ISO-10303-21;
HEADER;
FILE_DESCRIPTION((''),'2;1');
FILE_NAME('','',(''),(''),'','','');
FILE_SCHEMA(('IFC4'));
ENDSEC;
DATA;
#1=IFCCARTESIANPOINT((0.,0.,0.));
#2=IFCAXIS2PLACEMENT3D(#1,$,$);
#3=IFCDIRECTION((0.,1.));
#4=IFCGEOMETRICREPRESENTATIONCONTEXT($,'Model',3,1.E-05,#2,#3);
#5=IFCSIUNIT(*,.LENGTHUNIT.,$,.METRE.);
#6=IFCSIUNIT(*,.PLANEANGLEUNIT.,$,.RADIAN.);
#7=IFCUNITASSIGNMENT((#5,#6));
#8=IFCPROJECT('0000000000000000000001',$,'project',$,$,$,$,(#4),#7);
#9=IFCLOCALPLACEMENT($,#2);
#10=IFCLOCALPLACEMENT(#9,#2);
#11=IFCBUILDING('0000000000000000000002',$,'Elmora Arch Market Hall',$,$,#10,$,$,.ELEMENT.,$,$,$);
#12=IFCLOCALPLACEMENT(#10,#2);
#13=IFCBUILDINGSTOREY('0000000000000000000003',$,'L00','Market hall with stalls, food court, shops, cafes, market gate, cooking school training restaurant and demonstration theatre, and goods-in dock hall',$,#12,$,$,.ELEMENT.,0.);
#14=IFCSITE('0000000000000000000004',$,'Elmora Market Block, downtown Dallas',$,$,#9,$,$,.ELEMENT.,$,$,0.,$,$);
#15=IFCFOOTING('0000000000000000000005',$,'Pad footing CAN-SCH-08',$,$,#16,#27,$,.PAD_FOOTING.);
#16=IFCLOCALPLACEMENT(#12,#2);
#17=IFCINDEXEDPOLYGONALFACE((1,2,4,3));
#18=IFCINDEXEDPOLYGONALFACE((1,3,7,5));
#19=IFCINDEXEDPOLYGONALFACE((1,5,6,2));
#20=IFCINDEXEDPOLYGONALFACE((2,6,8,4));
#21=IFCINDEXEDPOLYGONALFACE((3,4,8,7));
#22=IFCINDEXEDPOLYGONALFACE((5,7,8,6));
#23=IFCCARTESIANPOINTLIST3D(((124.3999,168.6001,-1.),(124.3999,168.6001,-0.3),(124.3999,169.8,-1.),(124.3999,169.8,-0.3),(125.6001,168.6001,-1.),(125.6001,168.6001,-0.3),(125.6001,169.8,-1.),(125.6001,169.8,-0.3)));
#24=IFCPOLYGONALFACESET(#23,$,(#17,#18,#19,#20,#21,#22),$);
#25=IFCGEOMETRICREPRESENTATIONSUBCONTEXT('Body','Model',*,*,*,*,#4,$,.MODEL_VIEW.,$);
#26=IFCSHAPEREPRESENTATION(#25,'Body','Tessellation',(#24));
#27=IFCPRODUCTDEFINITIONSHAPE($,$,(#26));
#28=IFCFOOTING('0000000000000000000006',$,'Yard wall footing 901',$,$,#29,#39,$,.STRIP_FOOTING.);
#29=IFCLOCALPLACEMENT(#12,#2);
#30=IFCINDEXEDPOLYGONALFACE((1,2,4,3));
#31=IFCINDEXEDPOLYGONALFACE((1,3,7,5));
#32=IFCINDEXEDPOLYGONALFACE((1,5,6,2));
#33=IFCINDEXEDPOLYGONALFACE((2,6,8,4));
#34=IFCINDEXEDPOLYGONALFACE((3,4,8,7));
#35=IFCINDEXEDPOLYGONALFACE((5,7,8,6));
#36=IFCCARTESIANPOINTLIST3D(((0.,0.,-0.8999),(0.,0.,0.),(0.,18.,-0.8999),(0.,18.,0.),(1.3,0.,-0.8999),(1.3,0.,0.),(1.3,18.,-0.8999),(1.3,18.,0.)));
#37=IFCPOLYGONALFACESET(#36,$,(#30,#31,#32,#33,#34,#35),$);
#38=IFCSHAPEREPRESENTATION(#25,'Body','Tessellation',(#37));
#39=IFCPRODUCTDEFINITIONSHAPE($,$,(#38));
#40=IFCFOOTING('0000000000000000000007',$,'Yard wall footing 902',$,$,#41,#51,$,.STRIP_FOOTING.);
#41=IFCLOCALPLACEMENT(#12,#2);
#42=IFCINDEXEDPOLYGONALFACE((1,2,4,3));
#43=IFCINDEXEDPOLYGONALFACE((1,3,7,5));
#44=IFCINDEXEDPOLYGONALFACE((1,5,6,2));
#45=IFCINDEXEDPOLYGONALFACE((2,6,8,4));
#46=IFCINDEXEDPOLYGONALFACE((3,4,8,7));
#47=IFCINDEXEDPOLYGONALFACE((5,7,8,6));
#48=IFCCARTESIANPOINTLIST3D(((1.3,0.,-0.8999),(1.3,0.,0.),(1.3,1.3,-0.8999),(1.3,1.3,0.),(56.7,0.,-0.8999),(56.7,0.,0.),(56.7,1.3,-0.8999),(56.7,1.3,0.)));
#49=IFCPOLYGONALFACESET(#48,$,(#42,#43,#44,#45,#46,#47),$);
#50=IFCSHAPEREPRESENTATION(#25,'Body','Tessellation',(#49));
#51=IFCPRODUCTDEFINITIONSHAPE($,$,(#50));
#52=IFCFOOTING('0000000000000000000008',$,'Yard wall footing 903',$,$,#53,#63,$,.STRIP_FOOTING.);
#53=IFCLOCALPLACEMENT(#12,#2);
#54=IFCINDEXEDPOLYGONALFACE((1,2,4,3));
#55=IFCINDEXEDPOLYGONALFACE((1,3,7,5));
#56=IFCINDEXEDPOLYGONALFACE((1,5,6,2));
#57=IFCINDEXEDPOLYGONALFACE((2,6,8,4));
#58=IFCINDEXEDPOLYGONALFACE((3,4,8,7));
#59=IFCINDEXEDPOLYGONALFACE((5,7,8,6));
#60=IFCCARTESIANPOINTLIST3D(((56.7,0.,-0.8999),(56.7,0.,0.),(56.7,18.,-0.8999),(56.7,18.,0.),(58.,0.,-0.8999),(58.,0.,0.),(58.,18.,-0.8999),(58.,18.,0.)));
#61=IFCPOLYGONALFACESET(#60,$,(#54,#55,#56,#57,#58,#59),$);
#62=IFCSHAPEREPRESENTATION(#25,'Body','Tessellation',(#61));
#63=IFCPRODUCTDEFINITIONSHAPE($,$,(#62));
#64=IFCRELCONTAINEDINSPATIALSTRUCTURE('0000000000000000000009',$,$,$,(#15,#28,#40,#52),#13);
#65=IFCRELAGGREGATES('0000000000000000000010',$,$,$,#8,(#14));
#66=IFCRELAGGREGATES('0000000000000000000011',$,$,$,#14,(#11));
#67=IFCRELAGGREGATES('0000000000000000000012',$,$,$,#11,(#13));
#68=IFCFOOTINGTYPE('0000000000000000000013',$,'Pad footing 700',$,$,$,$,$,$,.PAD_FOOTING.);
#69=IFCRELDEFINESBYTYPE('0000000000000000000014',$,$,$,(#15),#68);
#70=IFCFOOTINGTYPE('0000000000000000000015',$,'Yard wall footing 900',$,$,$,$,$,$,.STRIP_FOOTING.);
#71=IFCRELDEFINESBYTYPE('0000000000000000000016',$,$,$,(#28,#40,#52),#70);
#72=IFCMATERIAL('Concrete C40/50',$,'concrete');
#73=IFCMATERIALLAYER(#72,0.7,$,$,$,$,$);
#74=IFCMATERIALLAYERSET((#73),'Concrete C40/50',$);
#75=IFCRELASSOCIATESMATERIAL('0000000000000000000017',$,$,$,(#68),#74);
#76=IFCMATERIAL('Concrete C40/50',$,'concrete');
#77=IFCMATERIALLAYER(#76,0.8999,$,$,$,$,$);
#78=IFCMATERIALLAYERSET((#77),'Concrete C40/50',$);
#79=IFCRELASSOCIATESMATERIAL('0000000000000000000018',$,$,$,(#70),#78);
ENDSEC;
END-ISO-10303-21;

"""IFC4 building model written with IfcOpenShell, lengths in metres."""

from ifc_helpers import new_model, si_unit, direction, frame, origin, place, context, subcontext, project, spatial, polyline, outline, extrude, material, layer, layer_set, type_object, element, save


model = new_model("IFC4")

# Units and contexts
model_context = context("Model", 3, precision=1e-05, world=origin(), true_north=direction((0.0, 1.0)))
body_context = subcontext(model_context, "Body", "Model", "MODEL_VIEW")
ifc_project = project(units=[si_unit("LENGTHUNIT", "METRE"), si_unit("PLANEANGLEUNIT", "RADIAN")], contexts=[model_context])

# Site, building, storey
site_placement = place(None, origin())
site = spatial("IfcSite", under=ifc_project, at=site_placement, Name="Elmora Market Block, downtown Dallas", CompositionType="ELEMENT", RefElevation=0.0)
building_placement = place(site_placement, origin())
building = spatial("IfcBuilding", under=site, at=building_placement, Name="Elmora Arch Market Hall", CompositionType="ELEMENT")
storey_placement = place(building_placement, origin())
storey = spatial("IfcBuildingStorey", under=building, at=storey_placement, Name="L00", Description="Market hall with stalls, food court, shops, cafes, market gate, cooking school training restaurant and demonstration theatre, and goods-in dock hall", CompositionType="ELEMENT", Elevation=0.0)

# Footings
ifc_material_1 = material(Name="Concrete C40/50", Category="concrete")
ifc_layer_1 = layer(ifc_material_1, 0.7)
ifc_layer_set_1 = layer_set([ifc_layer_1], Name="Concrete C40/50")
footing_type_1 = type_object("IfcFootingType", Name="Pad footing 700", PredefinedType="PAD_FOOTING", material=ifc_layer_set_1)
footing_1_placement = place(storey_placement, frame((0.0, 0.0, -1.0)))
element("IfcFooting", 1, at=footing_1_placement, inside=storey, type_object=footing_type_1, Name="Pad footing CAN-SCH-08", PredefinedType="PAD_FOOTING", context=body_context, shape_type="SweptSolid", body=[
    extrude(outline(polyline([(124.3999, 168.6001), (125.6001, 168.6001), (125.6001, 169.8), (124.3999, 169.8), (124.3999, 168.6001)])), origin(), (0.0, 0.0, 1.0), 0.7),
])
ifc_material_2 = material(Name="Concrete C40/50", Category="concrete")
ifc_layer_2 = layer(ifc_material_2, 0.8999)
ifc_layer_set_2 = layer_set([ifc_layer_2], Name="Concrete C40/50")
footing_type_2 = type_object("IfcFootingType", Name="Yard wall footing 900", PredefinedType="STRIP_FOOTING", material=ifc_layer_set_2)
footing_2_placement = place(storey_placement, frame((0.0, 0.0, -0.8999)))
element("IfcFooting", 2, at=footing_2_placement, inside=storey, type_object=footing_type_2, Name="Yard wall footing 901", PredefinedType="STRIP_FOOTING", context=body_context, shape_type="SweptSolid", body=[
    extrude(outline(polyline([(0.0, 0.0), (1.3, 0.0), (1.3, 18.0), (0.0, 18.0), (0.0, 0.0)])), origin(), (0.0, 0.0, 1.0), 0.8999),
])
footing_3_placement = place(storey_placement, frame((0.0, 0.0, -0.8999)))
element("IfcFooting", 3, at=footing_3_placement, inside=storey, type_object=footing_type_2, Name="Yard wall footing 902", PredefinedType="STRIP_FOOTING", context=body_context, shape_type="SweptSolid", body=[
    extrude(outline(polyline([(1.3, 0.0), (56.7, 0.0), (56.7, 1.3), (1.3, 1.3), (1.3, 0.0)])), origin(), (0.0, 0.0, 1.0), 0.8999),
])
footing_4_placement = place(storey_placement, frame((0.0, 0.0, -0.8999)))
element("IfcFooting", 4, at=footing_4_placement, inside=storey, type_object=footing_type_2, Name="Yard wall footing 903", PredefinedType="STRIP_FOOTING", context=body_context, shape_type="SweptSolid", body=[
    extrude(outline(polyline([(56.7, 0.0), (58.0, 0.0), (58.0, 18.0), (56.7, 18.0), (56.7, 0.0)])), origin(), (0.0, 0.0, 1.0), 0.8999),
])

save(model, "model.ifc")
